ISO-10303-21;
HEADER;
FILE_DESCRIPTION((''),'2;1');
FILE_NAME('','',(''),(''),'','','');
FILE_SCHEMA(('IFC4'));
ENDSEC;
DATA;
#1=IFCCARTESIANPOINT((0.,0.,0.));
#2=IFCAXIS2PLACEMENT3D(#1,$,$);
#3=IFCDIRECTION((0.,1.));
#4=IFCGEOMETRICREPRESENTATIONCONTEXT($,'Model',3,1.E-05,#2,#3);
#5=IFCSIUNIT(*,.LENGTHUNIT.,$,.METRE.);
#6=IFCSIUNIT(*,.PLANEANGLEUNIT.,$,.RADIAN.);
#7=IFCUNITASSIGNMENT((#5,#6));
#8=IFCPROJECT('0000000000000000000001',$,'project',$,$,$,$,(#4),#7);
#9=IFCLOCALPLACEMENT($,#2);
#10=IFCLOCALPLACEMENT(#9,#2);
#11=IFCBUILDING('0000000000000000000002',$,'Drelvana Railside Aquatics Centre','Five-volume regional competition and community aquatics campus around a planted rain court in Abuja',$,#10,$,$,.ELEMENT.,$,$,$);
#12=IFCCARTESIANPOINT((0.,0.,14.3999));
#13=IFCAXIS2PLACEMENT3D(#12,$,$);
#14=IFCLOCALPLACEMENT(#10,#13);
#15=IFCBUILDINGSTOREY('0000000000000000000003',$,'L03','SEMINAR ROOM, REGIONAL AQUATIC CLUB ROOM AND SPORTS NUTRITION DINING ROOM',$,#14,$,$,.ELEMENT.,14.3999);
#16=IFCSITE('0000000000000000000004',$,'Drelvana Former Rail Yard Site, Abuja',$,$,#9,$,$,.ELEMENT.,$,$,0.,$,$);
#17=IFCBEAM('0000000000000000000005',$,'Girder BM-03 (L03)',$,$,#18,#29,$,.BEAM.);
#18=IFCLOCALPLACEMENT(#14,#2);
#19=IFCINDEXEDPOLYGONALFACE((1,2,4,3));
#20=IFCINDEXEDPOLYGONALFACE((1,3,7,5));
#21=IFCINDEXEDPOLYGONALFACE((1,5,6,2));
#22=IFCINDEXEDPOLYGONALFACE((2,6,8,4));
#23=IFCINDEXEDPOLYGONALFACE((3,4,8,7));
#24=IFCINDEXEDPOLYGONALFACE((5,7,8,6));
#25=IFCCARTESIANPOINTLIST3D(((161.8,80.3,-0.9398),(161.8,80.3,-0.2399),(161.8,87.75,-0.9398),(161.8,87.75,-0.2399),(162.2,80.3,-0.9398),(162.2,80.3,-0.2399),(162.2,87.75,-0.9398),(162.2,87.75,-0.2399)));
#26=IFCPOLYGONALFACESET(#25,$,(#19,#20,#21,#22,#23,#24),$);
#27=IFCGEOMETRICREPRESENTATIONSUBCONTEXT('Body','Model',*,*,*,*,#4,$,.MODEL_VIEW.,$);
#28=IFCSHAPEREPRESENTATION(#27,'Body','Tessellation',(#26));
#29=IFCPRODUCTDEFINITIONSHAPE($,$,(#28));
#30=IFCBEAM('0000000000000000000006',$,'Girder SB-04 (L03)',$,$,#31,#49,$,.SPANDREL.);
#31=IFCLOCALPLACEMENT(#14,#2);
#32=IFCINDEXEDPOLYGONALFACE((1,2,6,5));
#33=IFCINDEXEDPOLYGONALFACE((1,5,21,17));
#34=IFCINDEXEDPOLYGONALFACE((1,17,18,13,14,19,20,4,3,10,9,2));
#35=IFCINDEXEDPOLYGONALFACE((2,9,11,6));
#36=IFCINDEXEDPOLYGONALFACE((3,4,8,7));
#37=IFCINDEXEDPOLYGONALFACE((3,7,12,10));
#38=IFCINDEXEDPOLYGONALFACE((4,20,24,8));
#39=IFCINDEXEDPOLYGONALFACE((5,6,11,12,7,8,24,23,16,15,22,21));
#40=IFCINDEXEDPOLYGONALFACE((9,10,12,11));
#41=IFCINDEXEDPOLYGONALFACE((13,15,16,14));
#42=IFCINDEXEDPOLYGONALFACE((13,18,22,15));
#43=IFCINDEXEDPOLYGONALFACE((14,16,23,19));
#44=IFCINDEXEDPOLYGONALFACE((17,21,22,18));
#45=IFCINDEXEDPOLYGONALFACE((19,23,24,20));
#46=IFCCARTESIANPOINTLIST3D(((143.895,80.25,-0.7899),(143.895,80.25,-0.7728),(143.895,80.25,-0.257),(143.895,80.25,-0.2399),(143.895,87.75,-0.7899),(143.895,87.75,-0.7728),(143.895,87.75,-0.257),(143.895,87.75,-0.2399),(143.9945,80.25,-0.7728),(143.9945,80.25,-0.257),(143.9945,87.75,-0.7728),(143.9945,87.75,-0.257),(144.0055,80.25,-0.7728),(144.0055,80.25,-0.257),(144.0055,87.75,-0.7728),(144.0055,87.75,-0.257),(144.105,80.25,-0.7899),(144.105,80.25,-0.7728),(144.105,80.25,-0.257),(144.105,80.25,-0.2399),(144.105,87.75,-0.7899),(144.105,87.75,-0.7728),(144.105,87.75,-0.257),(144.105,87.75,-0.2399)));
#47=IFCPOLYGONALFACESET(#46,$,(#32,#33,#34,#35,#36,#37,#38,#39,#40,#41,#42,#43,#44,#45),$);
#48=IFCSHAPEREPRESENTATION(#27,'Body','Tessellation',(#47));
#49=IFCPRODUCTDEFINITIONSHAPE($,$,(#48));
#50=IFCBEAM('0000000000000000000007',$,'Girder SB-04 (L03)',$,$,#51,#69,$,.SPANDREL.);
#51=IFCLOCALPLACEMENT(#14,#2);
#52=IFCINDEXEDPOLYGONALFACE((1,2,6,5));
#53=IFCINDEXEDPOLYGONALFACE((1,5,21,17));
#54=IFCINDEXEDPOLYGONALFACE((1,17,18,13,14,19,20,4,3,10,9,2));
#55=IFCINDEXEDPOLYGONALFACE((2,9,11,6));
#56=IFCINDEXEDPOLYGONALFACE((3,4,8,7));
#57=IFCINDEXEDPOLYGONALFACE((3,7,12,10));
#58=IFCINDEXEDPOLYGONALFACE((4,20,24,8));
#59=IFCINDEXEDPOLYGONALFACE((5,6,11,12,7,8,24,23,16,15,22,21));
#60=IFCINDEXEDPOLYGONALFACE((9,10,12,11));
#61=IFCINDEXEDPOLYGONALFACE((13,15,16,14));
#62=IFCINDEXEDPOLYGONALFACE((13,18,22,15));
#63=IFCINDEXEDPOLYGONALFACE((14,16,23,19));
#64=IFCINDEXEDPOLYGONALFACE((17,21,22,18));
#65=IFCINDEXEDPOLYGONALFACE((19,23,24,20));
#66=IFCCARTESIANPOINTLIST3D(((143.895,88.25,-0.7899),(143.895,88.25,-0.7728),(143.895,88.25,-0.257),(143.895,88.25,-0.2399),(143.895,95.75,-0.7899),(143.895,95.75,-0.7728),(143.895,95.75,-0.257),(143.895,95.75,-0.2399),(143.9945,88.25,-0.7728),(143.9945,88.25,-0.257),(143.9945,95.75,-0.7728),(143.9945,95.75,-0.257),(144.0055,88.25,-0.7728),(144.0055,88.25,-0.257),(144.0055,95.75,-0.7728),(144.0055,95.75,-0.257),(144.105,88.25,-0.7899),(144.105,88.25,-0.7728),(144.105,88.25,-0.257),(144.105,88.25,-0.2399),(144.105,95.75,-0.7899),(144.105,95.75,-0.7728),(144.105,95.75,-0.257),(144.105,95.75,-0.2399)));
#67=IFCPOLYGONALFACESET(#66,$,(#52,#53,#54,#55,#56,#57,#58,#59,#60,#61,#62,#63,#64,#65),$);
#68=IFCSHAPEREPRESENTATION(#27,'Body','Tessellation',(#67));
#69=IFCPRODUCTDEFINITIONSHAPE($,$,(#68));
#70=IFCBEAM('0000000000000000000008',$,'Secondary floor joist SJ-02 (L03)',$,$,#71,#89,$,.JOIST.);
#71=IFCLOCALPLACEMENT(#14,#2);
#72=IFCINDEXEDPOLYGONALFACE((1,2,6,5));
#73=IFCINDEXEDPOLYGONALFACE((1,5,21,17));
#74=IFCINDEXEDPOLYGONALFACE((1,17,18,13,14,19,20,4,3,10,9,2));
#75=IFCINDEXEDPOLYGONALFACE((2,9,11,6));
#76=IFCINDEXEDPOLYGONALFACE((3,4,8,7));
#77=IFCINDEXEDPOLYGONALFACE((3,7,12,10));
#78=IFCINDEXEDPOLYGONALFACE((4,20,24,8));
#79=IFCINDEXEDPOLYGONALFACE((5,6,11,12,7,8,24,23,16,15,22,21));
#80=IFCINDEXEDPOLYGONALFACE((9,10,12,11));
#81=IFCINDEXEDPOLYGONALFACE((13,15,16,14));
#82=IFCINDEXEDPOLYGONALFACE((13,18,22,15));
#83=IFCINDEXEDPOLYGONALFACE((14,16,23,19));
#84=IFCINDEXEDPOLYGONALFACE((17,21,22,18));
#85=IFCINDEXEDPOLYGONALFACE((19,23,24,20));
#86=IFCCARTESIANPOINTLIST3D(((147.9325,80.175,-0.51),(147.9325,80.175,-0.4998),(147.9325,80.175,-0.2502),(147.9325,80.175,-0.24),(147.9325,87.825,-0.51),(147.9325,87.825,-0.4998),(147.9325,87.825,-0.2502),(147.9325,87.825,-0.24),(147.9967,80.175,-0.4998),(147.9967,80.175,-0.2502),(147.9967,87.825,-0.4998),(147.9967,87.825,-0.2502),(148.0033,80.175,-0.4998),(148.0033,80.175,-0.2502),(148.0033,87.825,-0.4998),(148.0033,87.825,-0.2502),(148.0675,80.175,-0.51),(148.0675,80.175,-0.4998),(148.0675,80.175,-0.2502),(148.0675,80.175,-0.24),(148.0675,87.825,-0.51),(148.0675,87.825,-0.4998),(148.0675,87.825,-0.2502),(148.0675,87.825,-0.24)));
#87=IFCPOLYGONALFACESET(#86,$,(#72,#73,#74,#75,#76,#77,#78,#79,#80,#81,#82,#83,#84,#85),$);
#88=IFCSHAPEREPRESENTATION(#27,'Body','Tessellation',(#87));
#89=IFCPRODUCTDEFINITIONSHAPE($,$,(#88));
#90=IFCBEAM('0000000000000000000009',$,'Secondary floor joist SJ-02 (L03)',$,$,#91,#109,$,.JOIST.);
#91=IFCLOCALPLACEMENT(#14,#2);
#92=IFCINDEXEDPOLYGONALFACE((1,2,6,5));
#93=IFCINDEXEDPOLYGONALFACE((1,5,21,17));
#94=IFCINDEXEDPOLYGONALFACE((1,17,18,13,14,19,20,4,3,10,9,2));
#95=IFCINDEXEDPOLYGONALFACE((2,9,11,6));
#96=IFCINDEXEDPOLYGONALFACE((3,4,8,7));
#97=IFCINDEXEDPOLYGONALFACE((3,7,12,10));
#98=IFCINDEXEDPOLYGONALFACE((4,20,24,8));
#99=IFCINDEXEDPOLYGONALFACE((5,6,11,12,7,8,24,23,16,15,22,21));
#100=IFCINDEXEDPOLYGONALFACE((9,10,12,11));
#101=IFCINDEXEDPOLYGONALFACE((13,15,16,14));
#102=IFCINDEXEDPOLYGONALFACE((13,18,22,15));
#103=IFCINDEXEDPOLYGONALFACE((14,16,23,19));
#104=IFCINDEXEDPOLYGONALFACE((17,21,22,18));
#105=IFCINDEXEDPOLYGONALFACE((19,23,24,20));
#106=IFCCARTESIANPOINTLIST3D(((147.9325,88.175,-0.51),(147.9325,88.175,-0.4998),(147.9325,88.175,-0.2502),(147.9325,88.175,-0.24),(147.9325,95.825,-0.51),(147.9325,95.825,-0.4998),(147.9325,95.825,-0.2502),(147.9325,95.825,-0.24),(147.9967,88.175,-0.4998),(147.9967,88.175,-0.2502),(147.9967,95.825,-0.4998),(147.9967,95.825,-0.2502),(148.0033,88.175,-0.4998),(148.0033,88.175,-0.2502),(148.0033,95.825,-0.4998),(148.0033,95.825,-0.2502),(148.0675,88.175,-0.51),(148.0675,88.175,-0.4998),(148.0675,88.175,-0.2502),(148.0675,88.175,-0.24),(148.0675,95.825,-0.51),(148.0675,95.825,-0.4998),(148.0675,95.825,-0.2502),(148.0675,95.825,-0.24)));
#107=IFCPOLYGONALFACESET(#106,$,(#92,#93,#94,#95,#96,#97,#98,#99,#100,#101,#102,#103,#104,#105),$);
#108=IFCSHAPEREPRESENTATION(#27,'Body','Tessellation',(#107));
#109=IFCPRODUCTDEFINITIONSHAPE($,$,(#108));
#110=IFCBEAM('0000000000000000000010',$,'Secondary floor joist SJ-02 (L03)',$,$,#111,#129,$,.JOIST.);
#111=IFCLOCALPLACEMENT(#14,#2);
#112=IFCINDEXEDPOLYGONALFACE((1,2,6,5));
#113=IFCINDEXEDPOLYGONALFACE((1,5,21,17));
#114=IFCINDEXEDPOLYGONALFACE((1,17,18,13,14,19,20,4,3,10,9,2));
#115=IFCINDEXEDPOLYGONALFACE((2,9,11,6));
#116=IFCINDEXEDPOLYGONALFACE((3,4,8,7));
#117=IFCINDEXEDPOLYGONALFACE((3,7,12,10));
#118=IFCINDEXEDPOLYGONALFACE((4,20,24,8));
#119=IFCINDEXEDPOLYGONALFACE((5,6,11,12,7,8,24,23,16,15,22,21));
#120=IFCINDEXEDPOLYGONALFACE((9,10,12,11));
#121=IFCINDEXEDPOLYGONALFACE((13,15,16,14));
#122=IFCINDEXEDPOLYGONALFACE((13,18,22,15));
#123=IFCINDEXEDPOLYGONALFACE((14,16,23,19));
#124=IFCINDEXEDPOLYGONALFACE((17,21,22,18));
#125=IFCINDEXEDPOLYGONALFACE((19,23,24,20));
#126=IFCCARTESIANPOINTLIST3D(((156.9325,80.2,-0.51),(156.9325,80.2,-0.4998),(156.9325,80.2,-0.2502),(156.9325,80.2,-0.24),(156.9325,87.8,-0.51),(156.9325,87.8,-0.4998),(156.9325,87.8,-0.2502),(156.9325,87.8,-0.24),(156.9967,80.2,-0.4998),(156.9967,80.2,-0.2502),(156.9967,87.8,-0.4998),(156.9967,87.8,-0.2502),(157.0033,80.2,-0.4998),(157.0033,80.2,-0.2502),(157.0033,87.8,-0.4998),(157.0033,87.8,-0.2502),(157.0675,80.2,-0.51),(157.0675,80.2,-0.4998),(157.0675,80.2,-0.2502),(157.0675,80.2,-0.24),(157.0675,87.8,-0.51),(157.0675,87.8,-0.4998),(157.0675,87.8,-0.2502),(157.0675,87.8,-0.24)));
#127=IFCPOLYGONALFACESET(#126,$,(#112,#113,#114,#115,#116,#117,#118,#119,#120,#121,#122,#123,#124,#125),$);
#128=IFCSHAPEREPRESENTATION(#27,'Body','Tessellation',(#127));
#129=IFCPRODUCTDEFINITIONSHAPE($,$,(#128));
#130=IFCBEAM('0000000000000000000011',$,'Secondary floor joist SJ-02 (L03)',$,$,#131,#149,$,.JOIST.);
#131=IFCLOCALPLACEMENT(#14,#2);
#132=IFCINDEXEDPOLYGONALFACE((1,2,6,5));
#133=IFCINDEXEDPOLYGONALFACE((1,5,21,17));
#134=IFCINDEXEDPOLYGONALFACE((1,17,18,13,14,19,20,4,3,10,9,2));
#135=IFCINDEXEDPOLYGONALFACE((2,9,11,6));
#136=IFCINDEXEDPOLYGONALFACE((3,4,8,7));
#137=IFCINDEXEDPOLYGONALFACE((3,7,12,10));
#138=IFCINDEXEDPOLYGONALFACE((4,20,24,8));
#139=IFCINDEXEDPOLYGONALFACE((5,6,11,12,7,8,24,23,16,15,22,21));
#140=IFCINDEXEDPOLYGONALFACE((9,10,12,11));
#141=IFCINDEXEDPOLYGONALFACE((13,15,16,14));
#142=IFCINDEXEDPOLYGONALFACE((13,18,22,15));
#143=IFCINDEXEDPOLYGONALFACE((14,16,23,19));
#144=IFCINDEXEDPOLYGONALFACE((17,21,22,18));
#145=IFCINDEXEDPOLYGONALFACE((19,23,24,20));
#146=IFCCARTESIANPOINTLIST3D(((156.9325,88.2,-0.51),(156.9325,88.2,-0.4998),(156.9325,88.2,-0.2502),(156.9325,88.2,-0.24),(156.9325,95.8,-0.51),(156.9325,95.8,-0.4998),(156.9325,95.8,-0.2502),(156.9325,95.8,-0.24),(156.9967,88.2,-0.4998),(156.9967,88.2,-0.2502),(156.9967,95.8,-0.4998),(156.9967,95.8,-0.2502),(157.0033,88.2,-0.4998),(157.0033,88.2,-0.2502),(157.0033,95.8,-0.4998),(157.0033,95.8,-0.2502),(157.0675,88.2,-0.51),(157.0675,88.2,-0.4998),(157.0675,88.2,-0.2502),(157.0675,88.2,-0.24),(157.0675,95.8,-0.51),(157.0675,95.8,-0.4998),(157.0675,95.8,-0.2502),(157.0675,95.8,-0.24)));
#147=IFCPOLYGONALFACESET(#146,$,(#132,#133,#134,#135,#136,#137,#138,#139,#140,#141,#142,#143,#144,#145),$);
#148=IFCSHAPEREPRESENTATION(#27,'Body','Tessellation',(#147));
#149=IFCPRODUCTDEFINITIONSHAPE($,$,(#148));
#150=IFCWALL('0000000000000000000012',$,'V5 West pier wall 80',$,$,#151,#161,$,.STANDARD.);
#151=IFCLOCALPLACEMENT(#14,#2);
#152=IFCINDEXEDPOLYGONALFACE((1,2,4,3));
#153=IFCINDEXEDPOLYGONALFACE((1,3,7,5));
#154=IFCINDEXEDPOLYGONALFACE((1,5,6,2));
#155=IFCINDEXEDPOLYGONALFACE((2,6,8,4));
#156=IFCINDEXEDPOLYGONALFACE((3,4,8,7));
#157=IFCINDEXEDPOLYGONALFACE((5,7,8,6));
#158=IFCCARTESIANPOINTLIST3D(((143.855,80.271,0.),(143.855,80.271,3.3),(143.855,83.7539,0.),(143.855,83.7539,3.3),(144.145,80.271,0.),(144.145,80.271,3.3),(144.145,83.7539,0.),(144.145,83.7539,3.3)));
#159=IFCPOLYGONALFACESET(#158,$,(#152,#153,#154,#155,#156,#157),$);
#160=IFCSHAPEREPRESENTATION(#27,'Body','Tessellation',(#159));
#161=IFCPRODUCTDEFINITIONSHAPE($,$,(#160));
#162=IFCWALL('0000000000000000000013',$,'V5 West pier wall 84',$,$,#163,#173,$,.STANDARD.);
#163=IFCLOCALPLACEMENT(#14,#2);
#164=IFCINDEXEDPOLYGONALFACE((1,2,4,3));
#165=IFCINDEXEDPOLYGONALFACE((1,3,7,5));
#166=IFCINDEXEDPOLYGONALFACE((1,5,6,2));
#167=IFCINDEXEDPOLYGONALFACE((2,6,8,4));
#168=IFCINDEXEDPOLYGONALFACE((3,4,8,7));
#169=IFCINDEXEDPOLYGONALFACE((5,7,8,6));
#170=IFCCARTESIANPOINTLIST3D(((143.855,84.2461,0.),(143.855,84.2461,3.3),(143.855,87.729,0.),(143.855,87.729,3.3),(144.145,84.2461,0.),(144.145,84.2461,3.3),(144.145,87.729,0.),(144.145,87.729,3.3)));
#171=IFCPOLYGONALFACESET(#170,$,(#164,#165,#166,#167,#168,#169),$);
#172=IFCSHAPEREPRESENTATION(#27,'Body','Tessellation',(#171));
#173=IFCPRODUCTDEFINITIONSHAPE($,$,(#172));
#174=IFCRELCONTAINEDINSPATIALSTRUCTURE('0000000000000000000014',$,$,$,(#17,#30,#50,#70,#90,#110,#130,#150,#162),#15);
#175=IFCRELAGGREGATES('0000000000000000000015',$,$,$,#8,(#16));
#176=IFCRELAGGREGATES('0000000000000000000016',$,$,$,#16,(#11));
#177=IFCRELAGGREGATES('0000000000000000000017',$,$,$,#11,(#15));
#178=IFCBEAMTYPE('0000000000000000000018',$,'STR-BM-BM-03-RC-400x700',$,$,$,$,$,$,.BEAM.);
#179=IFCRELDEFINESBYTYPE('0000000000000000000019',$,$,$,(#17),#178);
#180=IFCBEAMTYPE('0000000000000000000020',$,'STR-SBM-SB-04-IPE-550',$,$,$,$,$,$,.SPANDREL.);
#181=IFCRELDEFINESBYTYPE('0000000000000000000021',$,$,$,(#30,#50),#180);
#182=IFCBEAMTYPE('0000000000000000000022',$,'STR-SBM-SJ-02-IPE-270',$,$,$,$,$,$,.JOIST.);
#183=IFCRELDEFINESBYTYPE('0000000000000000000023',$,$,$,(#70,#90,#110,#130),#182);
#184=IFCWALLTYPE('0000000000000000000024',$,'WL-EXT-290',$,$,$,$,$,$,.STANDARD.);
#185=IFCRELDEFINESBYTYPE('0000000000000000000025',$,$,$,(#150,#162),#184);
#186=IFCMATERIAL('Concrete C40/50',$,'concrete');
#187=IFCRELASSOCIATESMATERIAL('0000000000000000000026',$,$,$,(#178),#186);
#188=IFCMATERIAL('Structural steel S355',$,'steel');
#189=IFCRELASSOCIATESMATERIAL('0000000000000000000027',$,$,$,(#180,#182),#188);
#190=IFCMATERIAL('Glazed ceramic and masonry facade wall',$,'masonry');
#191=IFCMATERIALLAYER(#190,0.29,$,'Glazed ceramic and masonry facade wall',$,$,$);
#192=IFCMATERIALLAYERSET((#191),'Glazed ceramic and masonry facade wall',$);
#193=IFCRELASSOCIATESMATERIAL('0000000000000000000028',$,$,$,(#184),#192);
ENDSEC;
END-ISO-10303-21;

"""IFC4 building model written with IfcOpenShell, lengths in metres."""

from ifc_helpers import new_model, si_unit, direction, frame, frame_2d, origin, origin_2d, place, context, subcontext, project, spatial, rectangle, i_section, extrude, material, layer, layer_set, material_profile, profile_set, type_object, element, save


model = new_model("IFC4")

# Units and contexts
model_context = context("Model", 3, precision=1e-05, world=origin(), true_north=direction((0.0, 1.0)))
body_context = subcontext(model_context, "Body", "Model", "MODEL_VIEW")
ifc_project = project(units=[si_unit("LENGTHUNIT", "METRE"), si_unit("PLANEANGLEUNIT", "RADIAN")], contexts=[model_context])

# Site, building, storey
site_placement = place(None, origin())
site = spatial("IfcSite", under=ifc_project, at=site_placement, Name="Drelvana Former Rail Yard Site, Abuja", CompositionType="ELEMENT", RefElevation=0.0)
building_placement = place(site_placement, origin())
building = spatial("IfcBuilding", under=site, at=building_placement, Name="Drelvana Railside Aquatics Centre", Description="Five-volume regional competition and community aquatics campus around a planted rain court in Abuja", CompositionType="ELEMENT")
storey_placement = place(building_placement, frame((0.0, 0.0, 14.3999)))
storey = spatial("IfcBuildingStorey", under=building, at=storey_placement, Name="L03", Description="SEMINAR ROOM, REGIONAL AQUATIC CLUB ROOM AND SPORTS NUTRITION DINING ROOM", CompositionType="ELEMENT", Elevation=14.3999)

# Shared definitions
ifc_material_1 = material(Name="Concrete C40/50", Category="concrete")

# Beams
ifc_material_profile_1 = material_profile(ifc_material_1, rectangle(XDim=0.3999, YDim=0.7, at=origin_2d()), Name="RC 400x700")
ifc_profile_set_1 = profile_set([ifc_material_profile_1], Name="Concrete C40/50")
beam_type_1 = type_object("IfcBeamType", Name="STR-BM-BM-03-RC-400x700", PredefinedType="BEAM", material=ifc_profile_set_1)
beam_1_placement = place(storey_placement, frame((162.0, 80.3, -0.5898), z_axis=(0.0, 1.0, 0.0), x_axis=(-1.0, 0.0, 0.0)))
element("IfcBeam", 1, at=beam_1_placement, inside=storey, type_object=beam_type_1, Name="Girder BM-03 (L03)", PredefinedType="BEAM", context=body_context, shape_type="SweptSolid", body=[
    extrude(rectangle(XDim=0.3999, YDim=0.7, at=origin_2d()), origin(), (0.0, 0.0, 1.0), 7.45),
])
ifc_material_2 = material(Name="Structural steel S355", Category="steel")
ifc_material_profile_2 = material_profile(ifc_material_2, i_section(OverallWidth=0.21, OverallDepth=0.55, WebThickness=0.011, FlangeThickness=0.0171, at=origin_2d()), Name="IPE 550")
ifc_profile_set_2 = profile_set([ifc_material_profile_2], Name="Structural steel S355")
beam_type_2 = type_object("IfcBeamType", Name="STR-SBM-SB-04-IPE-550", PredefinedType="SPANDREL", material=ifc_profile_set_2)
for number, where, z_axis, x_axis, name in (
    (2, (144.0, 80.25, -0.5149), (0.0, 1.0, 0.0), (-1.0, 0.0, 0.0), "Girder SB-04 (L03)"),
    (3, (144.0, 88.25, -0.5149), (0.0, 1.0, 0.0), (-1.0, 0.0, 0.0), "Girder SB-04 (L03)"),
):
    element("IfcBeam", number, at=place(storey_placement, frame(where, z_axis=z_axis, x_axis=x_axis)), inside=storey, type_object=beam_type_2, Name=name, PredefinedType="SPANDREL", context=body_context, shape_type="SweptSolid", body=[
        extrude(i_section(OverallWidth=0.21, OverallDepth=0.55, WebThickness=0.011, FlangeThickness=0.0171, at=origin_2d()), origin(), (0.0, 0.0, 1.0), 7.5),
    ])
ifc_material_profile_3 = material_profile(ifc_material_2, i_section(OverallWidth=0.135, OverallDepth=0.27, WebThickness=0.0066, FlangeThickness=0.0103, at=origin_2d()), Name="IPE 270")
ifc_profile_set_3 = profile_set([ifc_material_profile_3], Name="Structural steel S355")
beam_type_3 = type_object("IfcBeamType", Name="STR-SBM-SJ-02-IPE-270", PredefinedType="JOIST", material=ifc_profile_set_3)
for number, where, z_axis, x_axis, name in (
    (4, (148.0, 80.175, -0.375), (0.0, 1.0, 0.0), (-1.0, 0.0, 0.0), "Secondary floor joist SJ-02 (L03)"),
    (5, (148.0, 88.175, -0.375), (0.0, 1.0, 0.0), (-1.0, 0.0, 0.0), "Secondary floor joist SJ-02 (L03)"),
):
    element("IfcBeam", number, at=place(storey_placement, frame(where, z_axis=z_axis, x_axis=x_axis)), inside=storey, type_object=beam_type_3, Name=name, PredefinedType="JOIST", context=body_context, shape_type="SweptSolid", body=[
        extrude(i_section(OverallWidth=0.135, OverallDepth=0.27, WebThickness=0.0066, FlangeThickness=0.0103, at=origin_2d()), origin(), (0.0, 0.0, 1.0), 7.6499),
    ])
for number, where, z_axis, x_axis, name in (
    (6, (157.0, 80.2, -0.375), (0.0, 1.0, 0.0), (-1.0, 0.0, 0.0), "Secondary floor joist SJ-02 (L03)"),
    (7, (157.0, 88.2, -0.375), (0.0, 1.0, 0.0), (-1.0, 0.0, 0.0), "Secondary floor joist SJ-02 (L03)"),
):
    element("IfcBeam", number, at=place(storey_placement, frame(where, z_axis=z_axis, x_axis=x_axis)), inside=storey, type_object=beam_type_3, Name=name, PredefinedType="JOIST", context=body_context, shape_type="SweptSolid", body=[
        extrude(i_section(OverallWidth=0.135, OverallDepth=0.27, WebThickness=0.0066, FlangeThickness=0.0103, at=origin_2d()), origin(), (0.0, 0.0, 1.0), 7.6001),
    ])

# Walls
ifc_material_3 = material(Name="Glazed ceramic and masonry facade wall", Category="masonry")
ifc_layer_1 = layer(ifc_material_3, 0.29, Name="Glazed ceramic and masonry facade wall")
ifc_layer_set_1 = layer_set([ifc_layer_1], Name="Glazed ceramic and masonry facade wall")
wall_type_1 = type_object("IfcWallType", Name="WL-EXT-290", PredefinedType="STANDARD", material=ifc_layer_set_1)
for number, where, z_axis, x_axis, name in (
    (8, (144.0, 80.271, 0.0), (0.0, 0.0, 1.0), (0.0, 1.0, 0.0), "V5 West pier wall 80"),
    (9, (144.0, 84.2461, 0.0), (0.0, 0.0, 1.0), (0.0, 1.0, 0.0), "V5 West pier wall 84"),
):
    element("IfcWall", number, at=place(storey_placement, frame(where, z_axis=z_axis, x_axis=x_axis)), inside=storey, type_object=wall_type_1, Name=name, PredefinedType="STANDARD", context=body_context, shape_type="SweptSolid", body=[
        extrude(rectangle(XDim=3.4829, YDim=0.29, at=frame_2d((1.7415, 0.0))), origin(), (0.0, 0.0, 1.0), 3.3),
    ])

save(model, "model.ifc")
